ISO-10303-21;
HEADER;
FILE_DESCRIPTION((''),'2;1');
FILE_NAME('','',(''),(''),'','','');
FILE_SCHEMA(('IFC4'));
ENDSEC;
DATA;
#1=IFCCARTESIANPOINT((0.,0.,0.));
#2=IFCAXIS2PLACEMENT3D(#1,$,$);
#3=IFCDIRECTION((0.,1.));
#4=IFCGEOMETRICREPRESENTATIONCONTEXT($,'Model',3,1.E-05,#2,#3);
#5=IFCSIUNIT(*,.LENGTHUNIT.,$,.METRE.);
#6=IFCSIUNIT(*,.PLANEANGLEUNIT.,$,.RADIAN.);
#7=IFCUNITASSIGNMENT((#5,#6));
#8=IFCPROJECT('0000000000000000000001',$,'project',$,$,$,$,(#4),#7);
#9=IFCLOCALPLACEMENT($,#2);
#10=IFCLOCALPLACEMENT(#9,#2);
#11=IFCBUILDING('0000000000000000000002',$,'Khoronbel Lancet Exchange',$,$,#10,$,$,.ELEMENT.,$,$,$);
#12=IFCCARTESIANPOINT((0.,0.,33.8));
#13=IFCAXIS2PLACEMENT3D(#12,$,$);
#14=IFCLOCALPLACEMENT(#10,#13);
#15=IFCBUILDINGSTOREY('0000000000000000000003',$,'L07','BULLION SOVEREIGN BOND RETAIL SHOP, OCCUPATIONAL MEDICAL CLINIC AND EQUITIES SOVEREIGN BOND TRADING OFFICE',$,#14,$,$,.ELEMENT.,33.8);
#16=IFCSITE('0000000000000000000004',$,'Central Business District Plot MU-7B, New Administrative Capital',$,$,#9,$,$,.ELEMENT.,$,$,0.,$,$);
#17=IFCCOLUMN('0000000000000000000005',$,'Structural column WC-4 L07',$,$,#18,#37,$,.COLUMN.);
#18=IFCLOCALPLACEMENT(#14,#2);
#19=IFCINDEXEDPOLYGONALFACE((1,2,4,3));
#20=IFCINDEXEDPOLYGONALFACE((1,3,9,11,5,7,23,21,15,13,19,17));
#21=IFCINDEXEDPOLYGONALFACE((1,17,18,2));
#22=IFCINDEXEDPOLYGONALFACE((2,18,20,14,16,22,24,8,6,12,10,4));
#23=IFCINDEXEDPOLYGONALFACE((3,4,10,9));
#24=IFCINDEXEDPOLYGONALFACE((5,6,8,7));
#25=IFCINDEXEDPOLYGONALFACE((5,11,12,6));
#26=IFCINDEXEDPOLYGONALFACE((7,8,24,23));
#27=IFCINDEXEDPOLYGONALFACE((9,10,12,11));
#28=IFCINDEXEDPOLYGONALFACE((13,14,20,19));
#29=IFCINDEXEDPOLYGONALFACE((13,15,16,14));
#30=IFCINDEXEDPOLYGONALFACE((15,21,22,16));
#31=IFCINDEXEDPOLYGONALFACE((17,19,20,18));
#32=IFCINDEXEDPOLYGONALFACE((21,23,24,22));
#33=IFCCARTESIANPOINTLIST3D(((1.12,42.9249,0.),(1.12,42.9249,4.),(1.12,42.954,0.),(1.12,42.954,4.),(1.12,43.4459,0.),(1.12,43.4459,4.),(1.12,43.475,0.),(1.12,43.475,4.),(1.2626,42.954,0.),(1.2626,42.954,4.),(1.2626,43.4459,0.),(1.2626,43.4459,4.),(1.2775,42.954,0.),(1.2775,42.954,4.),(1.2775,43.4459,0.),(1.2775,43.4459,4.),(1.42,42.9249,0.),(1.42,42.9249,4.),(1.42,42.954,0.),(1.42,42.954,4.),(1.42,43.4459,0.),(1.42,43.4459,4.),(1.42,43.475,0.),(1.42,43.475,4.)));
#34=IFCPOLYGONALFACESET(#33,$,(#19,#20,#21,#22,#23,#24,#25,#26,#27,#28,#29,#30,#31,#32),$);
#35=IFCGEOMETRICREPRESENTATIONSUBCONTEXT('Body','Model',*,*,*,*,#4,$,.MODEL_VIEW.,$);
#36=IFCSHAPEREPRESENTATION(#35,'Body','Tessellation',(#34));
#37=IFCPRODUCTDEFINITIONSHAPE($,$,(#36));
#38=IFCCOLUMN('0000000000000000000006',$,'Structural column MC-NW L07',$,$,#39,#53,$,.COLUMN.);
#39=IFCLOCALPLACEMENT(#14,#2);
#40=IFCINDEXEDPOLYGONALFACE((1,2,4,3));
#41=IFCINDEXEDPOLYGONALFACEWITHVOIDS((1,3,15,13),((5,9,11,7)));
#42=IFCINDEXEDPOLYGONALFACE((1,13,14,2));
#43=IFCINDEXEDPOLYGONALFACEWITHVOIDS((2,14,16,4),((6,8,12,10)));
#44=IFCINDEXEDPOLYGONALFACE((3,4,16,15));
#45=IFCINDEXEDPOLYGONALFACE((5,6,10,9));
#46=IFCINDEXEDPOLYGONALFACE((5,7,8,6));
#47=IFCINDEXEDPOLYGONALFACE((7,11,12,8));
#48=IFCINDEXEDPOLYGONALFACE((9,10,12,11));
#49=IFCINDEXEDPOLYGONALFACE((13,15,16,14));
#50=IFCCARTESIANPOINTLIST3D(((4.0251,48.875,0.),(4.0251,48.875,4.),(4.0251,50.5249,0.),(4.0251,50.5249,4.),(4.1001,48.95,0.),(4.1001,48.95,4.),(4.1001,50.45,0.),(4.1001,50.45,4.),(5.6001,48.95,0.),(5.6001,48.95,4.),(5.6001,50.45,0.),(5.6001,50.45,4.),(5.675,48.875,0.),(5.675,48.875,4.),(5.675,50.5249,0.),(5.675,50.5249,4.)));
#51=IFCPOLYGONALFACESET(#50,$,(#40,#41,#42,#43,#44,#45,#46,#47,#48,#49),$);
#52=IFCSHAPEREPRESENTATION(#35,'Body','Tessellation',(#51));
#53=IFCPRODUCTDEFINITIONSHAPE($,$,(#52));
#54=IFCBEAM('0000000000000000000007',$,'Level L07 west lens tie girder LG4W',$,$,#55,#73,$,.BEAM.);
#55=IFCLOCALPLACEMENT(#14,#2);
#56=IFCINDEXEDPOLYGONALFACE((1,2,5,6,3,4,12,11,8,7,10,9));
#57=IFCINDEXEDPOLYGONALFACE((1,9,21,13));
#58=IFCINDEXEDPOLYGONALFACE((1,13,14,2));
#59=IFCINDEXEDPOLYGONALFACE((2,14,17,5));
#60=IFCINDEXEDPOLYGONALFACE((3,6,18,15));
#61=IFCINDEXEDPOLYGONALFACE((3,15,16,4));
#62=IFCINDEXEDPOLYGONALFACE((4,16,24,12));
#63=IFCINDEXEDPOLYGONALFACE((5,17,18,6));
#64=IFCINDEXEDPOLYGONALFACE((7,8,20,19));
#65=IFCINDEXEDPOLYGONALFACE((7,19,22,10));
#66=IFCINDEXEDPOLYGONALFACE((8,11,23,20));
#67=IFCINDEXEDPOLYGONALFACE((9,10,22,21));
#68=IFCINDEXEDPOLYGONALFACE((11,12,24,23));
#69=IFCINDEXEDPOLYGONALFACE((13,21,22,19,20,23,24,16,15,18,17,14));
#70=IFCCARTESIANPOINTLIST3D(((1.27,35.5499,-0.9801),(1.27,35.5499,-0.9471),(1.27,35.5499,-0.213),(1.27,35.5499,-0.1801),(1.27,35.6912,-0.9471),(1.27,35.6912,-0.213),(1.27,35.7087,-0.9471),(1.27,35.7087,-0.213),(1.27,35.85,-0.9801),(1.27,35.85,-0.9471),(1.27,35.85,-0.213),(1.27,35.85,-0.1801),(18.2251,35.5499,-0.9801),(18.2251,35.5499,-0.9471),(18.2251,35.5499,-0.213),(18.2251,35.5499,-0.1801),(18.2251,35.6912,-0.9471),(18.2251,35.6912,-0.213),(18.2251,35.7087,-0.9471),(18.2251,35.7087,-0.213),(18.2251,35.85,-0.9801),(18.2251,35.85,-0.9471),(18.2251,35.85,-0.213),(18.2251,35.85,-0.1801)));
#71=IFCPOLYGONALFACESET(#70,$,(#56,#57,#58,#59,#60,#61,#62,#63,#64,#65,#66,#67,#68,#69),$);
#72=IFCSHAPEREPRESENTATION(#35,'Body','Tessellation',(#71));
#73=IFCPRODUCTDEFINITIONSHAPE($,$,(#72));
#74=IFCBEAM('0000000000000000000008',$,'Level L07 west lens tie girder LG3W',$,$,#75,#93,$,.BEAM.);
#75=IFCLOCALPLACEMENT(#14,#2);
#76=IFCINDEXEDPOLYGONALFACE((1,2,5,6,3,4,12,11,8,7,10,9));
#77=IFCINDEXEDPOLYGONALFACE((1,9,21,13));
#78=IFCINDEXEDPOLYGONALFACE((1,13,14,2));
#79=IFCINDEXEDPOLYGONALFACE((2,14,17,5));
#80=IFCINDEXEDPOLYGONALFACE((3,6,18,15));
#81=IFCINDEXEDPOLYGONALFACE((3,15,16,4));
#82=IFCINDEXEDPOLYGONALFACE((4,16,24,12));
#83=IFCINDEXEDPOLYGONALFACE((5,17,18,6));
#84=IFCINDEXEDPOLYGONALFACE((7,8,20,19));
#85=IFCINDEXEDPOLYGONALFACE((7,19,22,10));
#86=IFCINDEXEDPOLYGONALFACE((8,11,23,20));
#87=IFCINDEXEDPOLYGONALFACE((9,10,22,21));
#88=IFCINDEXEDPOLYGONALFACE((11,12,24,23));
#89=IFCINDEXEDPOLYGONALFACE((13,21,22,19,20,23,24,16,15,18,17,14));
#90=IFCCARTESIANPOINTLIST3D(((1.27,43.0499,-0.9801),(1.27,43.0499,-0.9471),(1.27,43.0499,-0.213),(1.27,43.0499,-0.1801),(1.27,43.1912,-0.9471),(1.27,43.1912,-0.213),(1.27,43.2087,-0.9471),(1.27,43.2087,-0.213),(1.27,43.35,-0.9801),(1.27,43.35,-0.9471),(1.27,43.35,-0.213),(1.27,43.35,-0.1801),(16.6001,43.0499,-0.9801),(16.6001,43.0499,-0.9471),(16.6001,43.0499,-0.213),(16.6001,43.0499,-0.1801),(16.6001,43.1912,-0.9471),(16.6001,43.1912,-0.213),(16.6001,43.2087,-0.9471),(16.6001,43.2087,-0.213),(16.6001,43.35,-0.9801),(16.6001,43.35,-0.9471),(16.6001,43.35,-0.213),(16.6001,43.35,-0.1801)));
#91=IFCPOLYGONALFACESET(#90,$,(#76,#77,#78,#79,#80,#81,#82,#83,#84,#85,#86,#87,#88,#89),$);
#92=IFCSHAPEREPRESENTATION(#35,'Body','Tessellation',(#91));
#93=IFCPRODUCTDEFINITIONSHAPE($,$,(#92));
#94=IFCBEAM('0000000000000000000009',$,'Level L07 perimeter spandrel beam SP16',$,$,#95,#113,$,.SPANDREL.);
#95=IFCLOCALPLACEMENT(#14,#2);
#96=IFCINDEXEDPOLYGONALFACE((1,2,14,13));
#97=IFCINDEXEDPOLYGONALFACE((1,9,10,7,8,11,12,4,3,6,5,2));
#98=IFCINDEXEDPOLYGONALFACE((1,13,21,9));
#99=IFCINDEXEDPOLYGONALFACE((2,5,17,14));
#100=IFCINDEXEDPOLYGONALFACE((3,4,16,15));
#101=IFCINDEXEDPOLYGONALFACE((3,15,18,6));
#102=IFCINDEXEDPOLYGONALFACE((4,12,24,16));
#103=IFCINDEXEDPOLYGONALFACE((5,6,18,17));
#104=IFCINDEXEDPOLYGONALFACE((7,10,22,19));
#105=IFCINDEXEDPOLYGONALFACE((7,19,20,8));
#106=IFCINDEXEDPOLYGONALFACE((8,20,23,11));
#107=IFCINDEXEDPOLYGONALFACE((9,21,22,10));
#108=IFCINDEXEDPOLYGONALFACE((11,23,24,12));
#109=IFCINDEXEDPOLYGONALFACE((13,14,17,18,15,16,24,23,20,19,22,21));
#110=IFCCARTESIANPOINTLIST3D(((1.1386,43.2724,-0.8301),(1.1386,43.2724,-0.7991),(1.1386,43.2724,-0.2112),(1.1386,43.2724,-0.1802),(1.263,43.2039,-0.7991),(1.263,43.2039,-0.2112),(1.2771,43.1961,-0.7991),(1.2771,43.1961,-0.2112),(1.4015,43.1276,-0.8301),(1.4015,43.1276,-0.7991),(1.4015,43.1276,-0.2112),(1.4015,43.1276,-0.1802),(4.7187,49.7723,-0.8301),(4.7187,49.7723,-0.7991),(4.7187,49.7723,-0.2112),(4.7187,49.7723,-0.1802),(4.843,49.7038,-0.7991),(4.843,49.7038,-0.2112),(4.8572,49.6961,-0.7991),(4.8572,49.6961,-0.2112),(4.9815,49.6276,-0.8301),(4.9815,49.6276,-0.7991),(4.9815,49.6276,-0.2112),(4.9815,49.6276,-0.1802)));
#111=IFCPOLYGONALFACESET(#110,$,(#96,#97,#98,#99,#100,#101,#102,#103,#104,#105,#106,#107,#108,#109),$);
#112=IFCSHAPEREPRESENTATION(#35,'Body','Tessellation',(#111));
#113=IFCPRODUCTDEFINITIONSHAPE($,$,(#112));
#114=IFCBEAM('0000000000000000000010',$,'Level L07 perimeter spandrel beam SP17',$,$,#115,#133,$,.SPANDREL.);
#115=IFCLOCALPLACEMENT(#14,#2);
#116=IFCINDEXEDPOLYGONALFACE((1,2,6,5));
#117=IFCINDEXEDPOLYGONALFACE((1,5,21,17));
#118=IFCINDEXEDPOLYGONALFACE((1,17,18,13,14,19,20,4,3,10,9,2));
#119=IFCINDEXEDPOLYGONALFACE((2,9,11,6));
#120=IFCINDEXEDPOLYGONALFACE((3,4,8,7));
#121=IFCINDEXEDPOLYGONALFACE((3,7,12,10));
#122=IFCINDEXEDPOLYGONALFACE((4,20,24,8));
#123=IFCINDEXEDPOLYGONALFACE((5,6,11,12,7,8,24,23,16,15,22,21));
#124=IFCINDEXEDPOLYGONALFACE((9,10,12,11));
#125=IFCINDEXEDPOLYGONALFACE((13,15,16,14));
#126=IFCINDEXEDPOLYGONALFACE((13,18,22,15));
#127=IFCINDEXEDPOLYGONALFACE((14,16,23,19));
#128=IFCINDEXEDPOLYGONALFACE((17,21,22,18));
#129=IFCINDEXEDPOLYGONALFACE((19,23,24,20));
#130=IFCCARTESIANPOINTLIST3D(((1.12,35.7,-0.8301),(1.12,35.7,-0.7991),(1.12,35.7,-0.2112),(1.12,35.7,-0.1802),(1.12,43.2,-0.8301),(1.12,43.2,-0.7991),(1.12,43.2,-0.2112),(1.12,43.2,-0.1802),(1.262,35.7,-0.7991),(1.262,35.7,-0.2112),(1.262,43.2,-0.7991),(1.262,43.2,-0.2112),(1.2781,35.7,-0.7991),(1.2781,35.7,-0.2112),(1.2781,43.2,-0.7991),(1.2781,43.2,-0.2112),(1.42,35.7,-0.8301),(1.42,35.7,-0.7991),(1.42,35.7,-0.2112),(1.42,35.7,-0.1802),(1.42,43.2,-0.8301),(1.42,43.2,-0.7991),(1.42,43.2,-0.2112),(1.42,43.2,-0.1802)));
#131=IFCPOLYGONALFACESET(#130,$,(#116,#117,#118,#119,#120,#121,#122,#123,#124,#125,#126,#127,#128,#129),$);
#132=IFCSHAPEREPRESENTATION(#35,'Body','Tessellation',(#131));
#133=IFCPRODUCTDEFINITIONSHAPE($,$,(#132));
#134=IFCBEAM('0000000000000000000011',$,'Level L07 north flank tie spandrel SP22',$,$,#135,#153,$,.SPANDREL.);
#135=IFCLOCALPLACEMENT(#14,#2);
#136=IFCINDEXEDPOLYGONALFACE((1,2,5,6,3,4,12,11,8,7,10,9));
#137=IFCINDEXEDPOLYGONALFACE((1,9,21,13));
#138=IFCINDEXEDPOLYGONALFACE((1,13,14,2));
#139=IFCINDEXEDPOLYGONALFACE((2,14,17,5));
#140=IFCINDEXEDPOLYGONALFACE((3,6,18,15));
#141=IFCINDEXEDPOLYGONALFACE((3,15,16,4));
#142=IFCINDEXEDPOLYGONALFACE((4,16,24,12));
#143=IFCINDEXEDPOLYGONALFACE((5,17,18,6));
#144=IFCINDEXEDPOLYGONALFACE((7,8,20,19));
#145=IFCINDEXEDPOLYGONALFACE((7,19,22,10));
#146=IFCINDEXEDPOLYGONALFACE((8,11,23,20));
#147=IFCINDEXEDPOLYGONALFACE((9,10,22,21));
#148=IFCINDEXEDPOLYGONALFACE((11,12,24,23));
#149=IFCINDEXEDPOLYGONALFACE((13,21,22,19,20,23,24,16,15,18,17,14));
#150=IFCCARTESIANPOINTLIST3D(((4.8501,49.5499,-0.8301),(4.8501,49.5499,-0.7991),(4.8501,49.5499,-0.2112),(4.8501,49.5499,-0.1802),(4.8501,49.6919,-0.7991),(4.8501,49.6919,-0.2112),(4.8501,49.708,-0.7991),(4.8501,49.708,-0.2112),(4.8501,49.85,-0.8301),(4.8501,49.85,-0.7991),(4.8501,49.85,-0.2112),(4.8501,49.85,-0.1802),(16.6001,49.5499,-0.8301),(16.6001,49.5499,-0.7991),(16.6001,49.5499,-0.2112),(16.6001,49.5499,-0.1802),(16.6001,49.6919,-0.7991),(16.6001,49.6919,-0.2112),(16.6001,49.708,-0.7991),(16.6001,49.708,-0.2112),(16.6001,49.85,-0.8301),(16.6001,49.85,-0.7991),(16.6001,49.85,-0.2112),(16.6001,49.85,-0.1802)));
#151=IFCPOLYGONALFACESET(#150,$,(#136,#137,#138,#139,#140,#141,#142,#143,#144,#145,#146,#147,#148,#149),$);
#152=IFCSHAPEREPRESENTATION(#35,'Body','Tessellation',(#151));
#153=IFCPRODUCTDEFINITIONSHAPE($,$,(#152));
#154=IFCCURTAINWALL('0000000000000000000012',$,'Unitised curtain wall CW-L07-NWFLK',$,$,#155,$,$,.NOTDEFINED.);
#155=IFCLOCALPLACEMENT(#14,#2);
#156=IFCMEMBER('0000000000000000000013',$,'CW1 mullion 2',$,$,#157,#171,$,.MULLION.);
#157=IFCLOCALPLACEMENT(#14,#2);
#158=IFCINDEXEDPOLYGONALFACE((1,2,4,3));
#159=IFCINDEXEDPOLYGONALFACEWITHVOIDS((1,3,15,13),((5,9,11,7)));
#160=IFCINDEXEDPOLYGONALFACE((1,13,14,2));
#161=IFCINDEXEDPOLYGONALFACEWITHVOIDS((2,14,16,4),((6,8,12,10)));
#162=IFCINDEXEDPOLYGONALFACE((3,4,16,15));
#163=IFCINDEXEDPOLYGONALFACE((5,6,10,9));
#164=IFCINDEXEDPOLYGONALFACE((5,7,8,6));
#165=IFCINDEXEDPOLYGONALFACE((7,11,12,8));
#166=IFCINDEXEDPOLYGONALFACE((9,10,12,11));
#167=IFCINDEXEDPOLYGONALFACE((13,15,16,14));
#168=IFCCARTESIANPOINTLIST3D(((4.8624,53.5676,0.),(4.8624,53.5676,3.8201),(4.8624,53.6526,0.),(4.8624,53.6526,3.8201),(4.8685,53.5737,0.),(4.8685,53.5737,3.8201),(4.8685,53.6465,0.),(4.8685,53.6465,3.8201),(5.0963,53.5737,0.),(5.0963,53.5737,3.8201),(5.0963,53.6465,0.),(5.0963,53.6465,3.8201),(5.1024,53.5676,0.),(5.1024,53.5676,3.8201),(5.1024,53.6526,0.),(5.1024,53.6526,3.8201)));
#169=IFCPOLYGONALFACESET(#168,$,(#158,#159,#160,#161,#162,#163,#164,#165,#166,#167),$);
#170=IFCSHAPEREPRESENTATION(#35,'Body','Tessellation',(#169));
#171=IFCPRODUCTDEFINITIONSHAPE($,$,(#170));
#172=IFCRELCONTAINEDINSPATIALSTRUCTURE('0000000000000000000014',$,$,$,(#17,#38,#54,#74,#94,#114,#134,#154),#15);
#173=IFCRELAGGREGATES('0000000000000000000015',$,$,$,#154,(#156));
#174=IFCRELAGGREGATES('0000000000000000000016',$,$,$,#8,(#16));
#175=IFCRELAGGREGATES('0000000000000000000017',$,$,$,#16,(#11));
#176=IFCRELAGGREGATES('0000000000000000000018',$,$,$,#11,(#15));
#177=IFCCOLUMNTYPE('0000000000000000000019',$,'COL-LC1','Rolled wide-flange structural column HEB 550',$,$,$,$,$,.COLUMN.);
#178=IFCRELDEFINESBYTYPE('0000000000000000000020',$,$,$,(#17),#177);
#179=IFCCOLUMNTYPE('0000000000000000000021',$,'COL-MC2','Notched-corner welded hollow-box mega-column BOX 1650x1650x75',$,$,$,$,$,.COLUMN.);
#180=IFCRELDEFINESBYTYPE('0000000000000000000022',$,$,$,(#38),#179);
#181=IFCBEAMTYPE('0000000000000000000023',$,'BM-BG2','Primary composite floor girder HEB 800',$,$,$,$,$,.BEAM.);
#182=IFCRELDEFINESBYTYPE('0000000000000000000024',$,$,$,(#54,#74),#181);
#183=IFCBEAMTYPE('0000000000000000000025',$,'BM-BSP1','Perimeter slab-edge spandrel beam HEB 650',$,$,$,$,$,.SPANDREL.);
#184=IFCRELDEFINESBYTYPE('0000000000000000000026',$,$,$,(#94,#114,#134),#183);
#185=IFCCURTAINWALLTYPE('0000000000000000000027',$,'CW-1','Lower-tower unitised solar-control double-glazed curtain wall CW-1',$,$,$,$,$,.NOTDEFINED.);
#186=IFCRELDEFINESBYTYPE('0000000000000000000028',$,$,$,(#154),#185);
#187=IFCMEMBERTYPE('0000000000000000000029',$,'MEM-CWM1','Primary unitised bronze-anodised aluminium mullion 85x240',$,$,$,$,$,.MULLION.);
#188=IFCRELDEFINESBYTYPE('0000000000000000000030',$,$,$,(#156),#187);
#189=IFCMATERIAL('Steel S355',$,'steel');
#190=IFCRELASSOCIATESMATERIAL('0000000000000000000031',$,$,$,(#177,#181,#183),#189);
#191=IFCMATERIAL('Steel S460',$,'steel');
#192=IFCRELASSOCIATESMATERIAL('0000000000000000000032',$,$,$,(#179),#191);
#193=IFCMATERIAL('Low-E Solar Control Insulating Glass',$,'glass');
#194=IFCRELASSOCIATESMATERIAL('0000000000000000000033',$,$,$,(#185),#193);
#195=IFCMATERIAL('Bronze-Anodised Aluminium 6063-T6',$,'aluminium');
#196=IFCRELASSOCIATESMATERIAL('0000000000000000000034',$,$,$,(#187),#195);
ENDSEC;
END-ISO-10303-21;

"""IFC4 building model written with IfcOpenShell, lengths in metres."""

from ifc_helpers import new_model, si_unit, direction, frame, origin, origin_2d, place, context, subcontext, project, spatial, hollow_rectangle, i_section, extrude, material, material_profile, profile_set, type_object, element, aggregate, save


model = new_model("IFC4")

# Units and contexts
model_context = context("Model", 3, precision=1e-05, world=origin(), true_north=direction((0.0, 1.0)))
body_context = subcontext(model_context, "Body", "Model", "MODEL_VIEW")
ifc_project = project(units=[si_unit("LENGTHUNIT", "METRE"), si_unit("PLANEANGLEUNIT", "RADIAN")], contexts=[model_context])

# Site, building, storey
site_placement = place(None, origin())
site = spatial("IfcSite", under=ifc_project, at=site_placement, Name="Central Business District Plot MU-7B, New Administrative Capital", CompositionType="ELEMENT", RefElevation=0.0)
building_placement = place(site_placement, origin())
building = spatial("IfcBuilding", under=site, at=building_placement, Name="Khoronbel Lancet Exchange", CompositionType="ELEMENT")
storey_placement = place(building_placement, frame((0.0, 0.0, 33.8)))
storey = spatial("IfcBuildingStorey", under=building, at=storey_placement, Name="L07", Description="BULLION SOVEREIGN BOND RETAIL SHOP, OCCUPATIONAL MEDICAL CLINIC AND EQUITIES SOVEREIGN BOND TRADING OFFICE", CompositionType="ELEMENT", Elevation=33.8)

# Columns
ifc_material_1 = material(Name="Steel S355", Category="steel")
ifc_material_profile_1 = material_profile(ifc_material_1, i_section(OverallWidth=0.3, OverallDepth=0.55, WebThickness=0.0149, FlangeThickness=0.0291, at=origin_2d()), Name="HEB 550")
ifc_profile_set_1 = profile_set([ifc_material_profile_1], Name="Steel S355")
column_type_1 = type_object("IfcColumnType", Name="COL-LC1", Description="Rolled wide-flange structural column HEB 550", PredefinedType="COLUMN", material=ifc_profile_set_1)
column_1_placement = place(storey_placement, frame((1.27, 43.2, 0.0), z_axis=(0.0, 0.0, 1.0), x_axis=(1.0, 0.0, 0.0)))
element("IfcColumn", 1, at=column_1_placement, inside=storey, type_object=column_type_1, Name="Structural column WC-4 L07", PredefinedType="COLUMN", context=body_context, shape_type="SweptSolid", body=[
    extrude(i_section(OverallWidth=0.3, OverallDepth=0.55, WebThickness=0.0149, FlangeThickness=0.0291, at=origin_2d()), origin(), (0.0, 0.0, 1.0), 4.0),
])
ifc_material_2 = material(Name="Steel S460", Category="steel")
ifc_material_profile_2 = material_profile(ifc_material_2, hollow_rectangle(XDim=1.6499, YDim=1.6499, WallThickness=0.075, at=origin_2d()), Name="BOX 1650x1650x75")
ifc_profile_set_2 = profile_set([ifc_material_profile_2], Name="Steel S460")
column_type_2 = type_object("IfcColumnType", Name="COL-MC2", Description="Notched-corner welded hollow-box mega-column BOX 1650x1650x75", PredefinedType="COLUMN", material=ifc_profile_set_2)
column_2_placement = place(storey_placement, frame((4.8501, 49.7, 0.0), z_axis=(0.0, 0.0, 1.0), x_axis=(1.0, 0.0, 0.0)))
element("IfcColumn", 2, at=column_2_placement, inside=storey, type_object=column_type_2, Name="Structural column MC-NW L07", PredefinedType="COLUMN", context=body_context, shape_type="SweptSolid", body=[
    extrude(hollow_rectangle(XDim=1.6499, YDim=1.6499, WallThickness=0.075, at=origin_2d()), origin(), (0.0, 0.0, 1.0), 4.0),
])

# Beams
ifc_material_profile_3 = material_profile(ifc_material_1, i_section(OverallWidth=0.3, OverallDepth=0.8, WebThickness=0.0176, FlangeThickness=0.033, at=origin_2d()), Name="HEB 800")
ifc_profile_set_3 = profile_set([ifc_material_profile_3], Name="Steel S355")
beam_type_1 = type_object("IfcBeamType", Name="BM-BG2", Description="Primary composite floor girder HEB 800", PredefinedType="BEAM", material=ifc_profile_set_3)
beam_1_placement = place(storey_placement, frame((1.27, 35.7, -0.5801), z_axis=(1.0, 0.0, 0.0), x_axis=(0.0, 1.0, 0.0)))
element("IfcBeam", 3, at=beam_1_placement, inside=storey, type_object=beam_type_1, Name="Level L07 west lens tie girder LG4W", PredefinedType="BEAM", context=body_context, shape_type="SweptSolid", body=[
    extrude(i_section(OverallWidth=0.3, OverallDepth=0.8, WebThickness=0.0176, FlangeThickness=0.033, at=origin_2d()), origin(), (0.0, 0.0, 1.0), 16.9551),
])
beam_2_placement = place(storey_placement, frame((1.27, 43.2, -0.5801), z_axis=(1.0, 0.0, 0.0), x_axis=(0.0, 1.0, 0.0)))
element("IfcBeam", 4, at=beam_2_placement, inside=storey, type_object=beam_type_1, Name="Level L07 west lens tie girder LG3W", PredefinedType="BEAM", context=body_context, shape_type="SweptSolid", body=[
    extrude(i_section(OverallWidth=0.3, OverallDepth=0.8, WebThickness=0.0176, FlangeThickness=0.033, at=origin_2d()), origin(), (0.0, 0.0, 1.0), 15.3301),
])
ifc_material_profile_4 = material_profile(ifc_material_1, i_section(OverallWidth=0.3, OverallDepth=0.6499, WebThickness=0.0161, FlangeThickness=0.031, at=origin_2d()), Name="HEB 650")
ifc_profile_set_4 = profile_set([ifc_material_profile_4], Name="Steel S355")
beam_type_2 = type_object("IfcBeamType", Name="BM-BSP1", Description="Perimeter slab-edge spandrel beam HEB 650", PredefinedType="SPANDREL", material=ifc_profile_set_4)
beam_3_placement = place(storey_placement, frame((4.8501, 49.7, -0.5051), z_axis=(-0.482444, -0.875927, 0.0), x_axis=(0.875927, -0.482444, 0.0)))
element("IfcBeam", 5, at=beam_3_placement, inside=storey, type_object=beam_type_2, Name="Level L07 perimeter spandrel beam SP16", PredefinedType="SPANDREL", context=body_context, shape_type="SweptSolid", body=[
    extrude(i_section(OverallWidth=0.3, OverallDepth=0.6499, WebThickness=0.0161, FlangeThickness=0.031, at=origin_2d()), origin(), (0.0, 0.0, 1.0), 7.4207),
])
beam_4_placement = place(storey_placement, frame((1.27, 43.2, -0.5051), z_axis=(0.0, -1.0, 0.0), x_axis=(1.0, 0.0, 0.0)))
element("IfcBeam", 6, at=beam_4_placement, inside=storey, type_object=beam_type_2, Name="Level L07 perimeter spandrel beam SP17", PredefinedType="SPANDREL", context=body_context, shape_type="SweptSolid", body=[
    extrude(i_section(OverallWidth=0.3, OverallDepth=0.6499, WebThickness=0.0161, FlangeThickness=0.031, at=origin_2d()), origin(), (0.0, 0.0, 1.0), 7.5),
])
beam_5_placement = place(storey_placement, frame((4.8501, 49.7, -0.5051), z_axis=(1.0, 0.0, 0.0), x_axis=(0.0, 1.0, 0.0)))
element("IfcBeam", 7, at=beam_5_placement, inside=storey, type_object=beam_type_2, Name="Level L07 north flank tie spandrel SP22", PredefinedType="SPANDREL", context=body_context, shape_type="SweptSolid", body=[
    extrude(i_section(OverallWidth=0.3, OverallDepth=0.6499, WebThickness=0.0161, FlangeThickness=0.031, at=origin_2d()), origin(), (0.0, 0.0, 1.0), 11.75),
])

# Curtain wall, member
ifc_material_3 = material(Name="Low-E Solar Control Insulating Glass", Category="glass")
curtain_wall_type_1 = type_object("IfcCurtainWallType", Name="CW-1", Description="Lower-tower unitised solar-control double-glazed curtain wall CW-1", PredefinedType="NOTDEFINED", material=ifc_material_3)
curtain_wall_1_placement = place(storey_placement, origin())
curtain_wall_1 = element("IfcCurtainWall", 8, at=curtain_wall_1_placement, inside=storey, type_object=curtain_wall_type_1, Name="Unitised curtain wall CW-L07-NWFLK", PredefinedType="NOTDEFINED")
ifc_material_4 = material(Name="Bronze-Anodised Aluminium 6063-T6", Category="aluminium")
ifc_material_profile_5 = material_profile(ifc_material_4, hollow_rectangle(XDim=0.085, YDim=0.24, WallThickness=0.0061, at=origin_2d()), Name="ALU MULLION 85x240")
ifc_profile_set_5 = profile_set([ifc_material_profile_5], Name="Bronze-Anodised Aluminium 6063-T6")
member_type_1 = type_object("IfcMemberType", Name="MEM-CWM1", Description="Primary unitised bronze-anodised aluminium mullion 85x240", PredefinedType="MULLION", material=ifc_profile_set_5)
member_1_placement = place(storey_placement, frame((4.9824, 53.6101, 0.0), z_axis=(0.0, 0.0, 1.0), x_axis=(0.0, -1.0, 0.0)))
member_1 = element("IfcMember", 9, at=member_1_placement, type_object=member_type_1, Name="CW1 mullion 2", PredefinedType="MULLION", context=body_context, shape_type="SweptSolid", body=[
    extrude(hollow_rectangle(XDim=0.085, YDim=0.24, WallThickness=0.0061, at=origin_2d()), origin(), (0.0, 0.0, 1.0), 3.8201),
])
aggregate(curtain_wall_1, [member_1])

save(model, "model.ifc")
